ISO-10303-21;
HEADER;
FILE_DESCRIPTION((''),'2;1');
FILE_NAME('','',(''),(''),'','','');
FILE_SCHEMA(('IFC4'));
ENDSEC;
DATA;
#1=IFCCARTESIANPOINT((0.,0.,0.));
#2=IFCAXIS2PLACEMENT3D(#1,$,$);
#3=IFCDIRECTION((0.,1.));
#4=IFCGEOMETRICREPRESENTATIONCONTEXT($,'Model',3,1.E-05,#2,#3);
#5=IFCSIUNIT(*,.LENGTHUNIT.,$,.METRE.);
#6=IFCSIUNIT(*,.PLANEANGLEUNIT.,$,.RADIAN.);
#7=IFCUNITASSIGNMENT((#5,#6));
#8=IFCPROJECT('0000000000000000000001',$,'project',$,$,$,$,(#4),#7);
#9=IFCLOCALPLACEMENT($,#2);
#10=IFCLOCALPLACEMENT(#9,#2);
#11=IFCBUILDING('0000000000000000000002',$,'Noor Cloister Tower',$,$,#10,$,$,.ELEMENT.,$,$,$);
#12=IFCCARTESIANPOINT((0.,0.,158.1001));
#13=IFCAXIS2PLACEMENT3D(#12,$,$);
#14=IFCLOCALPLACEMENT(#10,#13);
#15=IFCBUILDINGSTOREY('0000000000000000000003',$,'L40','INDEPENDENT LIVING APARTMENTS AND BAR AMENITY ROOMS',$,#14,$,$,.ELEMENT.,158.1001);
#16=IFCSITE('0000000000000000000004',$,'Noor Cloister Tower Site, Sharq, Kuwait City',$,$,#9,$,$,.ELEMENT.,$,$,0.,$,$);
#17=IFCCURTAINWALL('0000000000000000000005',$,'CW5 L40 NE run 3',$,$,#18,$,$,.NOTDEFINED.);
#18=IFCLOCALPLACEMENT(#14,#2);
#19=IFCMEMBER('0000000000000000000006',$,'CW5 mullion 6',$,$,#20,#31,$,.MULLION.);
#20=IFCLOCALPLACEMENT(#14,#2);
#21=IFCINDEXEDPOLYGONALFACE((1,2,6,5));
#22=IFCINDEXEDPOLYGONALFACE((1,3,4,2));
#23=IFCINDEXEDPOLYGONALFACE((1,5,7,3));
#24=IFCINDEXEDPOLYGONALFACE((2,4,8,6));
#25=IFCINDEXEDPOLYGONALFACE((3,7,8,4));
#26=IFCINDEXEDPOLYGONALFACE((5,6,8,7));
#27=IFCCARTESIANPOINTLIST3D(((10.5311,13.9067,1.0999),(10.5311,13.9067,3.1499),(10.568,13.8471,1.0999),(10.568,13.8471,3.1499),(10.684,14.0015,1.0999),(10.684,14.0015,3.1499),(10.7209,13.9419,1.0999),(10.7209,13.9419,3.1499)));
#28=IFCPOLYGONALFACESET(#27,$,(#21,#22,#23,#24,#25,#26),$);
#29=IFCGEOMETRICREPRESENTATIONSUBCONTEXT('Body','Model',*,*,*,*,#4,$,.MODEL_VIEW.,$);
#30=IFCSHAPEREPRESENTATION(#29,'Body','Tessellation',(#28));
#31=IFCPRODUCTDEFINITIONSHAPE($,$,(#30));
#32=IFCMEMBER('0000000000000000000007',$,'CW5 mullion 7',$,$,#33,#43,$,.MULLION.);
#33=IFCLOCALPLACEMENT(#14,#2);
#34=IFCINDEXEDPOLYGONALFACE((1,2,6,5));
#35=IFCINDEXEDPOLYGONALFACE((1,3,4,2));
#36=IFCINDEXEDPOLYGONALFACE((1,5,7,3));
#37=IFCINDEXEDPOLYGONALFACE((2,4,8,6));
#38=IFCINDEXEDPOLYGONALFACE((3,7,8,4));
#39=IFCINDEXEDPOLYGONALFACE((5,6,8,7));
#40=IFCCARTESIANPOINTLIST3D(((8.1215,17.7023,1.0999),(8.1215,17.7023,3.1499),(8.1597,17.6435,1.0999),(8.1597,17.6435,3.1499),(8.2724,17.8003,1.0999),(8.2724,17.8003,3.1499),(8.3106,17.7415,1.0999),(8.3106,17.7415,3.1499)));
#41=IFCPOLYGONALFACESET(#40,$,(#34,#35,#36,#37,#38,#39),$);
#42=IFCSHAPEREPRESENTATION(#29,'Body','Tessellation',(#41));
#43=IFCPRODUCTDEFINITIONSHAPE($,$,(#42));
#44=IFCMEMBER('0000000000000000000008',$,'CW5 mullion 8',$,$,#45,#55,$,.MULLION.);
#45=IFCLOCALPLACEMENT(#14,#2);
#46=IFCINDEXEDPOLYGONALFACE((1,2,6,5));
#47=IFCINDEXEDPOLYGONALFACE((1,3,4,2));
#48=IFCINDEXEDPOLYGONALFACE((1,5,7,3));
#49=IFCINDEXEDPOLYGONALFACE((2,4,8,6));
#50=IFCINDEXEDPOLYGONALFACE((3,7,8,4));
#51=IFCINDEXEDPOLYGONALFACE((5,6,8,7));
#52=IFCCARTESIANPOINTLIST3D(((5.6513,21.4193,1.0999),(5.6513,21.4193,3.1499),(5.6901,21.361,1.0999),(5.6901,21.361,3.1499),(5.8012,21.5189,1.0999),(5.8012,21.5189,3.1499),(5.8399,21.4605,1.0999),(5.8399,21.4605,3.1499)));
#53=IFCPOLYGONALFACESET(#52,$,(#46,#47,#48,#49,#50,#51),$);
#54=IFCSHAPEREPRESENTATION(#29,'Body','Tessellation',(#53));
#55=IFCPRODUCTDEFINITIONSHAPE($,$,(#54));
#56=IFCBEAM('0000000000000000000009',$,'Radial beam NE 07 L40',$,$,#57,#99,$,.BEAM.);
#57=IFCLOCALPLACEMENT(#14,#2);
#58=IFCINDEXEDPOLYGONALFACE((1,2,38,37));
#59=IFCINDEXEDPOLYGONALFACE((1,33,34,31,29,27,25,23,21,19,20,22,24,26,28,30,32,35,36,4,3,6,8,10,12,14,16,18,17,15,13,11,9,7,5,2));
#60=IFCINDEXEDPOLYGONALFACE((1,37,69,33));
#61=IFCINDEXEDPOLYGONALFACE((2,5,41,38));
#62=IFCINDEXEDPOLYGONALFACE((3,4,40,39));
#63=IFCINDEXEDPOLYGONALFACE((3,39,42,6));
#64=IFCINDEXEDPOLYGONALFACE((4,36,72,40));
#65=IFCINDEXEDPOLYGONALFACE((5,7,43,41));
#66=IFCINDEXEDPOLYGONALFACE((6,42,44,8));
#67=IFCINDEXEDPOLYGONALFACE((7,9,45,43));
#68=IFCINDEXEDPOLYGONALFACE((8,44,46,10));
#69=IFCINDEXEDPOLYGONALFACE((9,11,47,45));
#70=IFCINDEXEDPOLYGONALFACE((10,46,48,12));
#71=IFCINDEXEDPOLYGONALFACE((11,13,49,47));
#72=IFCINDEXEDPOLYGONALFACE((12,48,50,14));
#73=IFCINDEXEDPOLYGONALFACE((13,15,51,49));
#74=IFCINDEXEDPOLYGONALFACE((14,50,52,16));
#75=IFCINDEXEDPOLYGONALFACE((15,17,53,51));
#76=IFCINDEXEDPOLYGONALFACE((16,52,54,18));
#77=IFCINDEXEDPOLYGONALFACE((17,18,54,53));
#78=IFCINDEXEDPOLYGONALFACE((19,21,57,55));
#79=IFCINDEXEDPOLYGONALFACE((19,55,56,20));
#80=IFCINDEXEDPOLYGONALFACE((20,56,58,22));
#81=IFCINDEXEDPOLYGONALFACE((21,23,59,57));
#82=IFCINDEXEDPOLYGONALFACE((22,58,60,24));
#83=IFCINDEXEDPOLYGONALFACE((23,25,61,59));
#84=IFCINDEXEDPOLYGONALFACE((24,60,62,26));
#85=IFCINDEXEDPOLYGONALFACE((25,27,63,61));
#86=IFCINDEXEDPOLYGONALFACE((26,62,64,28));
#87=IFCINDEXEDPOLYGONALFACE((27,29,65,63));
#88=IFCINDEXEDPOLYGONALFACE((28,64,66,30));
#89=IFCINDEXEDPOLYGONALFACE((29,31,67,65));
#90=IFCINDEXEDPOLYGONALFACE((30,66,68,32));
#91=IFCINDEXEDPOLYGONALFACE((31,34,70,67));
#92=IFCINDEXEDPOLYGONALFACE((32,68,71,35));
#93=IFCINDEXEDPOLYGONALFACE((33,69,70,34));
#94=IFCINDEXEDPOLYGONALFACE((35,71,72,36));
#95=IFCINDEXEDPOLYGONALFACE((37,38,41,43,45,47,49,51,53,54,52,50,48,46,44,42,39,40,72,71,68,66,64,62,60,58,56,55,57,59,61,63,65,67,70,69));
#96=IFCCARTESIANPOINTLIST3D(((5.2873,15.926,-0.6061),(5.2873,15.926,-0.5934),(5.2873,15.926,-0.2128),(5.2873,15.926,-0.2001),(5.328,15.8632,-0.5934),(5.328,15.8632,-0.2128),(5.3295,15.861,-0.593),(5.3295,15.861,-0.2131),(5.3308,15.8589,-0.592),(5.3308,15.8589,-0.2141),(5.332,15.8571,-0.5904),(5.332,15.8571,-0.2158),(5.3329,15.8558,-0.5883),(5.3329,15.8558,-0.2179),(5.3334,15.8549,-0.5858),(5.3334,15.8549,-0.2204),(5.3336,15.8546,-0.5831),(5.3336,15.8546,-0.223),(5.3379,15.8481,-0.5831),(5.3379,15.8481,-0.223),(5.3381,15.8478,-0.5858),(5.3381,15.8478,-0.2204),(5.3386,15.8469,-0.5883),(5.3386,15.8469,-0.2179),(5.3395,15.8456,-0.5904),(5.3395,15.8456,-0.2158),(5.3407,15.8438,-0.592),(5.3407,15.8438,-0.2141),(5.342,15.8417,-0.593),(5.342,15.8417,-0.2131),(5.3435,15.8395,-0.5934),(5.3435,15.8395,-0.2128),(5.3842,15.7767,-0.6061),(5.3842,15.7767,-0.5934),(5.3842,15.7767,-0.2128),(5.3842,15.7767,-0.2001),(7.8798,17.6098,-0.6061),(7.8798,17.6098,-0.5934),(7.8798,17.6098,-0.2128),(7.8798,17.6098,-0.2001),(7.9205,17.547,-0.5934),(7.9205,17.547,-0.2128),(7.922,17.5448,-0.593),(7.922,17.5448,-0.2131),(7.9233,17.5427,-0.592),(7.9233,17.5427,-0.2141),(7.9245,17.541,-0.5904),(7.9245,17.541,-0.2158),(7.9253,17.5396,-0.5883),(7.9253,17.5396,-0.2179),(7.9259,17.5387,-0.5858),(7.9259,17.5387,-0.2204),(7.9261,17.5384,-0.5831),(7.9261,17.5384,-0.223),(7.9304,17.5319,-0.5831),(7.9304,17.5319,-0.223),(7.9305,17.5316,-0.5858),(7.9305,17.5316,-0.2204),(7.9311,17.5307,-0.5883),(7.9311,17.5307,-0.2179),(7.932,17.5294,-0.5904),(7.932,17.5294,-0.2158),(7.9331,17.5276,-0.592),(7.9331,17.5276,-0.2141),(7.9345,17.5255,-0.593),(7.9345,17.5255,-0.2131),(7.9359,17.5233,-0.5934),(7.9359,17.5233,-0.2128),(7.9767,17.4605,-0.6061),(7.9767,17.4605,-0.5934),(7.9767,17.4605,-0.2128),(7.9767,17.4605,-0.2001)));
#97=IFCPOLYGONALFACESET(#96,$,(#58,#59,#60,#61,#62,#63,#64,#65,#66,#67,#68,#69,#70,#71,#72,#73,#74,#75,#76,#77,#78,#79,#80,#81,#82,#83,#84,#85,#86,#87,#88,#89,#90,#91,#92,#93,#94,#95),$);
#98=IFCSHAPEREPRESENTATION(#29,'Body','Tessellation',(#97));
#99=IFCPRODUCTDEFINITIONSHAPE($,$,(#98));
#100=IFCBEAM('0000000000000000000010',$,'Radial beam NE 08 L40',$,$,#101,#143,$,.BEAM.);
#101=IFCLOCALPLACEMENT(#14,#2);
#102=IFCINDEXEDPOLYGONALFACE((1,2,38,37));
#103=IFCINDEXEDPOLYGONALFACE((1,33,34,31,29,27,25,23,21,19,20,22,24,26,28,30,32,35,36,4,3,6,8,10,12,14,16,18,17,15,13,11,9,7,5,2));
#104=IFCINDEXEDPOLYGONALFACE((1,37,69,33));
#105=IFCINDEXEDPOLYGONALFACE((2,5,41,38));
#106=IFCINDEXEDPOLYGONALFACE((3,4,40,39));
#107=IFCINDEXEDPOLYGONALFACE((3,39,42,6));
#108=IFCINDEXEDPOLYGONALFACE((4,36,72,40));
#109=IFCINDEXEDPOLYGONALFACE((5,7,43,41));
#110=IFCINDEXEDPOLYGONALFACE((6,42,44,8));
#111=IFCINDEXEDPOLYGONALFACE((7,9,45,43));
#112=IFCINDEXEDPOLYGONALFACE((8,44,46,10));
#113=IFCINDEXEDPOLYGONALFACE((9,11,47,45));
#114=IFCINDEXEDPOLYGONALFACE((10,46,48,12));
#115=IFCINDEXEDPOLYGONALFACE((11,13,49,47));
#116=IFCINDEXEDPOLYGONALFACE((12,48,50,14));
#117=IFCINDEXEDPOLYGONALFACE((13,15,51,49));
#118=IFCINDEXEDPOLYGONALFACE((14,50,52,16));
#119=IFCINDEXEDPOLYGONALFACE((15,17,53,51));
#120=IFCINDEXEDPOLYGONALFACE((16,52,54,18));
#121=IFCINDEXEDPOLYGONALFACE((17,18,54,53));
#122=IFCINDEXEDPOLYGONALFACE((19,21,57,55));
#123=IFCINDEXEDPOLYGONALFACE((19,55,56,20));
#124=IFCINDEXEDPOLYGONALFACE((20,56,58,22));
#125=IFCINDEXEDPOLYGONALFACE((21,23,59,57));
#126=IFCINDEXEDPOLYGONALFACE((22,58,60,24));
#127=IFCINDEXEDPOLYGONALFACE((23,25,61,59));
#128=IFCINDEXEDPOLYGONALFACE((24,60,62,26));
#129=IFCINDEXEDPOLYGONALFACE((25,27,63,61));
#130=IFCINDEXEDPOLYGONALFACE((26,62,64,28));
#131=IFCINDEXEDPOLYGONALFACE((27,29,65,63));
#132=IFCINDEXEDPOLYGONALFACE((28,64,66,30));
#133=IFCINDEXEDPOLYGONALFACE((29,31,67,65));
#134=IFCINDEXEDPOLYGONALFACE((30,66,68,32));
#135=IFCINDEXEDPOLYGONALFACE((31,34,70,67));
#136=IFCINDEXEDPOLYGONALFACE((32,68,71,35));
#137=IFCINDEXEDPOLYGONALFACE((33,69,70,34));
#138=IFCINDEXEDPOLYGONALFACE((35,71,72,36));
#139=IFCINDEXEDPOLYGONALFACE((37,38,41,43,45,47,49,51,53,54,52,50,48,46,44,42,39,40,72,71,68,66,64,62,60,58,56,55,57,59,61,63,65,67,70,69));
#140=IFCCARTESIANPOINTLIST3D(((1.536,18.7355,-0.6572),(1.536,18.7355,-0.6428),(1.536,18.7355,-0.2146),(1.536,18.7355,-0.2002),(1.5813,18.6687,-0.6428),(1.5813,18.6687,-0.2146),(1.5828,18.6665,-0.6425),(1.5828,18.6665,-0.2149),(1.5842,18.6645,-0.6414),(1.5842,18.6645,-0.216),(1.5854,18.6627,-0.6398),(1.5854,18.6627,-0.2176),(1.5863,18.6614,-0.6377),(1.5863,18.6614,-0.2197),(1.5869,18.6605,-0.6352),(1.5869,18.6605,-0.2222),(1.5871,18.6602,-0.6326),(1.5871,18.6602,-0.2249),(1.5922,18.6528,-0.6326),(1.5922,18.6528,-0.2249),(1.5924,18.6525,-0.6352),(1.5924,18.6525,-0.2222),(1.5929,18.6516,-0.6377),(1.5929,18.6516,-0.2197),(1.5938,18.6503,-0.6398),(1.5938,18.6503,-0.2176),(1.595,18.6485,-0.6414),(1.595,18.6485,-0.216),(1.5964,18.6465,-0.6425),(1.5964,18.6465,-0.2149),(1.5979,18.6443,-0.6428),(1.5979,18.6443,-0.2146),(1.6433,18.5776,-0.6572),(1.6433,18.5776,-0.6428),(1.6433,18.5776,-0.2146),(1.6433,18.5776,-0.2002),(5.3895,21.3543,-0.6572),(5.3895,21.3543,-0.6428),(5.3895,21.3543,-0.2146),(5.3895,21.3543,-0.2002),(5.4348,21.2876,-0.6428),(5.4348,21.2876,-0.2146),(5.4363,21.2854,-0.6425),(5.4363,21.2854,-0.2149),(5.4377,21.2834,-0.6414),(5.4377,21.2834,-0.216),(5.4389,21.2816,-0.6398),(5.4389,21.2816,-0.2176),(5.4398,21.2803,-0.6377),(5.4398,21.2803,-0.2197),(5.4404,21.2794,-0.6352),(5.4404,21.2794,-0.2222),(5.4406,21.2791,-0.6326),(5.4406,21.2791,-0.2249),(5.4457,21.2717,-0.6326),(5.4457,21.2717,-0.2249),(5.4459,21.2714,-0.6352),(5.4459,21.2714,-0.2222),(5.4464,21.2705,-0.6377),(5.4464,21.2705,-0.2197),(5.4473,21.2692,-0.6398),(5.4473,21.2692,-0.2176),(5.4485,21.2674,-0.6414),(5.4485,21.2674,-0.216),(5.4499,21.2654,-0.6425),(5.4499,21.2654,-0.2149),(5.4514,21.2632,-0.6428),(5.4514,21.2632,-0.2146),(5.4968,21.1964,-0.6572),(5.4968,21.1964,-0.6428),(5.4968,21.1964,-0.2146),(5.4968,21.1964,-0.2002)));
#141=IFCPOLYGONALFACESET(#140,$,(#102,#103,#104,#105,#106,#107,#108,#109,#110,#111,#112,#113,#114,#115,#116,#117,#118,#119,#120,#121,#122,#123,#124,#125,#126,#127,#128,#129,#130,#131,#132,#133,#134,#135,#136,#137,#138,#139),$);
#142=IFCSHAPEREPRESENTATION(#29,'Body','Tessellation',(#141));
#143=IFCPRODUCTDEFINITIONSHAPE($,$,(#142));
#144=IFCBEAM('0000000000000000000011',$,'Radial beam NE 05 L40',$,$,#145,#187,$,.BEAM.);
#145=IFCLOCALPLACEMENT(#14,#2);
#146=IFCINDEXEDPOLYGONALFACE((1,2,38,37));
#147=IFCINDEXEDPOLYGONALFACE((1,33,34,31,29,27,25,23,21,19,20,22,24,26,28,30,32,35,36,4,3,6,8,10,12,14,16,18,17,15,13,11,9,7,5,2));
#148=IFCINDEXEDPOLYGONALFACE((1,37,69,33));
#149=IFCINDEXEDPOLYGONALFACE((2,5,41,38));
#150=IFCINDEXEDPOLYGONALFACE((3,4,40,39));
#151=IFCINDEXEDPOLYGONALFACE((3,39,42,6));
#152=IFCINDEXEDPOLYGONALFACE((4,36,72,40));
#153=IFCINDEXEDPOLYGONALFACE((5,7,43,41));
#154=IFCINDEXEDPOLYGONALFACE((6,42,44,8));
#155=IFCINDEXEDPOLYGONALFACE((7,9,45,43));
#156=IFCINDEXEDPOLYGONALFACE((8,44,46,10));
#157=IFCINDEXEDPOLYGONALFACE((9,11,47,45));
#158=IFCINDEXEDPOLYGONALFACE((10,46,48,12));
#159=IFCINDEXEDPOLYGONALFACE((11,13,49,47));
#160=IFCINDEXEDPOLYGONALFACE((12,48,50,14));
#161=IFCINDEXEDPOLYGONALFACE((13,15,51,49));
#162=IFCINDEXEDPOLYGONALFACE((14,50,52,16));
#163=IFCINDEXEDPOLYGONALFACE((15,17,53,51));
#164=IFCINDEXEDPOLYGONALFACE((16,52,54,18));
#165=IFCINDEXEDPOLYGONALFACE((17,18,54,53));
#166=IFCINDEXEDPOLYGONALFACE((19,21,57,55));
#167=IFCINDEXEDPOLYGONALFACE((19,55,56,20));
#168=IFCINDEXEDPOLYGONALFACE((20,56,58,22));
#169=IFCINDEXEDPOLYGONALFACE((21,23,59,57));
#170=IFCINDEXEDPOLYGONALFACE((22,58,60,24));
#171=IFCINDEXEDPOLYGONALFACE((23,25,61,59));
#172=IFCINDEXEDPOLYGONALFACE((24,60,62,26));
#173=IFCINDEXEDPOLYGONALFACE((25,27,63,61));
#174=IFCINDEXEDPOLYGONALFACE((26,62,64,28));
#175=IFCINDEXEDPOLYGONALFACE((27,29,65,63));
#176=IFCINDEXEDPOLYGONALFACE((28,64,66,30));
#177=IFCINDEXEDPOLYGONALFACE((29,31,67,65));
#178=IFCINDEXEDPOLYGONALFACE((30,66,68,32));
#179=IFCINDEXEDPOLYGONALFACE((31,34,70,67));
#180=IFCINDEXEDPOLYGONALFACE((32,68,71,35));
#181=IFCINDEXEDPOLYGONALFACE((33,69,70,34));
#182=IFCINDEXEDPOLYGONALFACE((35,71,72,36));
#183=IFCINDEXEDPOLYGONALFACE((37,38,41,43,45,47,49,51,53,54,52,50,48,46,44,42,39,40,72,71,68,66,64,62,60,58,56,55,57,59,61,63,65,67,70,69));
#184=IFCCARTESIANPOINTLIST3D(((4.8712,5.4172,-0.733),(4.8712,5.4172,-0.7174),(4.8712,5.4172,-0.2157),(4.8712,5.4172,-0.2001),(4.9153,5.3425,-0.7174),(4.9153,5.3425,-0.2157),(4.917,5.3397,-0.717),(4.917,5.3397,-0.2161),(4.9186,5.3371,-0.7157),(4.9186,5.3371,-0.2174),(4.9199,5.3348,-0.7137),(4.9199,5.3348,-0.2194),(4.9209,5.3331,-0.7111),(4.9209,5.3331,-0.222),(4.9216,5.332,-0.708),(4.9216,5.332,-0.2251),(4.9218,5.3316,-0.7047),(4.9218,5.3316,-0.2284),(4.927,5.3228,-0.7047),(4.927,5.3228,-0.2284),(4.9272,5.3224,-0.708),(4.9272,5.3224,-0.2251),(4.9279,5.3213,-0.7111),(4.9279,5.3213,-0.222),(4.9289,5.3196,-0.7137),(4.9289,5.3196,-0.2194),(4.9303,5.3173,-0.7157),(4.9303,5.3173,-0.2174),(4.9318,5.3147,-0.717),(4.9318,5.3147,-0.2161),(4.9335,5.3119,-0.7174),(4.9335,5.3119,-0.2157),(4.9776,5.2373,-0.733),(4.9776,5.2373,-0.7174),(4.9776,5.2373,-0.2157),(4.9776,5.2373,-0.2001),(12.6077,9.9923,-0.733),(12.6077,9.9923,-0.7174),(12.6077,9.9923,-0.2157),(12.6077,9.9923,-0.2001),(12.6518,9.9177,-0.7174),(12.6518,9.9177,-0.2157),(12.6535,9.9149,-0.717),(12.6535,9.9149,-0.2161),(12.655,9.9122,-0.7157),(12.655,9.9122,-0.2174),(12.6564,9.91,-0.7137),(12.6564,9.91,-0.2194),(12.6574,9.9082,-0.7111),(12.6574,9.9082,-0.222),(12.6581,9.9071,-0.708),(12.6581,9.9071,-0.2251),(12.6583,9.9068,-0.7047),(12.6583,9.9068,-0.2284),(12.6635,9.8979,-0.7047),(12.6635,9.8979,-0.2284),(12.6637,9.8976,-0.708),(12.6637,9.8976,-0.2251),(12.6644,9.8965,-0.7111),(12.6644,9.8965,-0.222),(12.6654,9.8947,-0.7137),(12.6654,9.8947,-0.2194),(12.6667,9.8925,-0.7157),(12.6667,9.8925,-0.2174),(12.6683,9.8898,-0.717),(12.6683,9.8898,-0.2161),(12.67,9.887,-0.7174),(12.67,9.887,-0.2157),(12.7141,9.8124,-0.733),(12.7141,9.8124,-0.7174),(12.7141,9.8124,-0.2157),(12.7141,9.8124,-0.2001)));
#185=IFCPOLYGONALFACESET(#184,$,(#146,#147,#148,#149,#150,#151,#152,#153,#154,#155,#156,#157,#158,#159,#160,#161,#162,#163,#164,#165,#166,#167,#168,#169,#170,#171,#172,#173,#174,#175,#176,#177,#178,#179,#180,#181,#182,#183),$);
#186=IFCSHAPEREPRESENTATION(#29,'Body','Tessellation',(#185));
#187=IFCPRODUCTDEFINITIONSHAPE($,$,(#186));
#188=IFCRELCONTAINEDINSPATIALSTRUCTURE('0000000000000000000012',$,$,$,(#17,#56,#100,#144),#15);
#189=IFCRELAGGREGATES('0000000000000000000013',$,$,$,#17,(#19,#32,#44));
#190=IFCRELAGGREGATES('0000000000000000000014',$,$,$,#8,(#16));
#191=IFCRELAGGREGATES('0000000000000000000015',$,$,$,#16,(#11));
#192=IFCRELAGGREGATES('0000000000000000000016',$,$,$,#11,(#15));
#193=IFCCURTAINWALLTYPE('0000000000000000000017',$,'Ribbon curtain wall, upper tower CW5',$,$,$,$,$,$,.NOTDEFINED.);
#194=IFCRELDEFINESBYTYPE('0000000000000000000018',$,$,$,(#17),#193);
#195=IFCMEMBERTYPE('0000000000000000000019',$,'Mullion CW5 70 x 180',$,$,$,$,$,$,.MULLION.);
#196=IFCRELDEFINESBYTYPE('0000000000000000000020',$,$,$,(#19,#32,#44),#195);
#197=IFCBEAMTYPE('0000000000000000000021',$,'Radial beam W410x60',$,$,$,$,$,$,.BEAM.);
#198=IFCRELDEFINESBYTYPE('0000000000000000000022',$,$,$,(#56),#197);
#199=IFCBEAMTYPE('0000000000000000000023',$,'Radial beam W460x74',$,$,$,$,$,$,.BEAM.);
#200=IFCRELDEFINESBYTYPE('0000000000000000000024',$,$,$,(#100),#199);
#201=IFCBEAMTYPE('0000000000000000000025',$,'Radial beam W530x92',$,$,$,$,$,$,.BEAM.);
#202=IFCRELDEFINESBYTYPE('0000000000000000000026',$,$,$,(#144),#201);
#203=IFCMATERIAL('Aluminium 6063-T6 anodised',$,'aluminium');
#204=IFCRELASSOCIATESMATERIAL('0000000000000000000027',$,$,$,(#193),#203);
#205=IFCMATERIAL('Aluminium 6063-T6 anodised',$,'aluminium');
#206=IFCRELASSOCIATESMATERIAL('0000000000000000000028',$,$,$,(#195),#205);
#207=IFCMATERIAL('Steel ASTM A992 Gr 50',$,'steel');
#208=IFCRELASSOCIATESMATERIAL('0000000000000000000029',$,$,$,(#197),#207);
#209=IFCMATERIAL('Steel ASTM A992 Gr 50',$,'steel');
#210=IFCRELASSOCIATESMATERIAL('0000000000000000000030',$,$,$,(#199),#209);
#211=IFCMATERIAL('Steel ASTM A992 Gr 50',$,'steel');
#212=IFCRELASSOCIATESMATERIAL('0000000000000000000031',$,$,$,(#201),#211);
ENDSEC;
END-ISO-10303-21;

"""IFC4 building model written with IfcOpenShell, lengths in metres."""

from ifc_helpers import new_model, si_unit, direction, frame, origin, origin_2d, place, context, subcontext, project, spatial, rectangle, i_section, extrude, material, material_profile, profile_set, type_object, element, aggregate, save


model = new_model("IFC4")

# Units and contexts
model_context = context("Model", 3, precision=1e-05, world=origin(), true_north=direction((0.0, 1.0)))
body_context = subcontext(model_context, "Body", "Model", "MODEL_VIEW")
ifc_project = project(units=[si_unit("LENGTHUNIT", "METRE"), si_unit("PLANEANGLEUNIT", "RADIAN")], contexts=[model_context])

# Site, building, storey
site_placement = place(None, origin())
site = spatial("IfcSite", under=ifc_project, at=site_placement, Name="Noor Cloister Tower Site, Sharq, Kuwait City", CompositionType="ELEMENT", RefElevation=0.0)
building_placement = place(site_placement, origin())
building = spatial("IfcBuilding", under=site, at=building_placement, Name="Noor Cloister Tower", CompositionType="ELEMENT")
storey_placement = place(building_placement, frame((0.0, 0.0, 158.1001)))
storey = spatial("IfcBuildingStorey", under=building, at=storey_placement, Name="L40", Description="INDEPENDENT LIVING APARTMENTS AND BAR AMENITY ROOMS", CompositionType="ELEMENT", Elevation=158.1001)

# Curtain wall, members
ifc_material_1 = material(Name="Aluminium 6063-T6 anodised", Category="aluminium")
curtain_wall_type = type_object("IfcCurtainWallType", Name="Ribbon curtain wall, upper tower CW5", PredefinedType="NOTDEFINED", material=ifc_material_1)
curtain_wall_placement = place(storey_placement, origin())
curtain_wall = element("IfcCurtainWall", 1, at=curtain_wall_placement, inside=storey, type_object=curtain_wall_type, Name="CW5 L40 NE run 3", PredefinedType="NOTDEFINED")
ifc_material_2 = material(Name="Aluminium 6063-T6 anodised", Category="aluminium")
ifc_material_profile_1 = material_profile(ifc_material_2, rectangle(XDim=0.1799, YDim=0.0701, at=origin_2d()), Name="180 x 70 mullion")
ifc_profile_set_1 = profile_set([ifc_material_profile_1], Name="Aluminium 6063-T6 anodised")
member_type = type_object("IfcMemberType", Name="Mullion CW5 70 x 180", PredefinedType="MULLION", material=ifc_profile_set_1)
member_1_placement = place(storey_placement, frame((10.626, 13.9243, 1.0999), z_axis=(0.0, 0.0, 1.0), x_axis=(-0.849891, -0.526959, 0.0)))
member_1 = element("IfcMember", 2, at=member_1_placement, type_object=member_type, Name="CW5 mullion 6", PredefinedType="MULLION", context=body_context, shape_type="SweptSolid", body=[
    extrude(rectangle(XDim=0.1799, YDim=0.0701, at=origin_2d()), origin(), (0.0, 0.0, 1.0), 2.05),
])
member_2_placement = place(storey_placement, frame((8.2161, 17.7219, 1.0999), z_axis=(0.0, 0.0, 1.0), x_axis=(-0.838667, -0.544644, 0.0)))
member_2 = element("IfcMember", 3, at=member_2_placement, type_object=member_type, Name="CW5 mullion 7", PredefinedType="MULLION", context=body_context, shape_type="SweptSolid", body=[
    extrude(rectangle(XDim=0.1799, YDim=0.0701, at=origin_2d()), origin(), (0.0, 0.0, 1.0), 2.05),
])
member_3_placement = place(storey_placement, frame((5.7456, 21.4399, 1.0999), z_axis=(0.0, 0.0, 1.0), x_axis=(-0.832917, -0.553398, 0.0)))
member_3 = element("IfcMember", 4, at=member_3_placement, type_object=member_type, Name="CW5 mullion 8", PredefinedType="MULLION", context=body_context, shape_type="SweptSolid", body=[
    extrude(rectangle(XDim=0.1799, YDim=0.0701, at=origin_2d()), origin(), (0.0, 0.0, 1.0), 2.05),
])

# Beams
ifc_material_3 = material(Name="Steel ASTM A992 Gr 50", Category="steel")
ifc_material_profile_2 = material_profile(ifc_material_3, i_section(OverallWidth=0.178, OverallDepth=0.406, WebThickness=0.0078, FlangeThickness=0.0127, FilletRadius=0.0103, at=origin_2d()), Name="W410x60")
ifc_profile_set_2 = profile_set([ifc_material_profile_2], Name="Steel ASTM A992 Gr 50")
beam_type_1 = type_object("IfcBeamType", Name="Radial beam W410x60", PredefinedType="BEAM", material=ifc_profile_set_2)
beam_1_placement = place(storey_placement, frame((7.9282, 17.5352, -0.4031), z_axis=(-0.838637, -0.544691, 0.0), x_axis=(0.544691, -0.838637, 0.0)))
element("IfcBeam", 5, at=beam_1_placement, inside=storey, type_object=beam_type_1, Name="Radial beam NE 07 L40", PredefinedType="BEAM", context=body_context, shape_type="SweptSolid", body=[
    extrude(i_section(OverallWidth=0.178, OverallDepth=0.406, WebThickness=0.0078, FlangeThickness=0.0127, FilletRadius=0.0103, at=origin_2d()), origin(), (0.0, 0.0, 1.0), 3.0913),
])
ifc_material_4 = material(Name="Steel ASTM A992 Gr 50", Category="steel")
ifc_material_profile_3 = material_profile(ifc_material_4, i_section(OverallWidth=0.1909, OverallDepth=0.457, WebThickness=0.009, FlangeThickness=0.0144, FilletRadius=0.0103, at=origin_2d()), Name="W460x74")
ifc_profile_set_3 = profile_set([ifc_material_profile_3], Name="Steel ASTM A992 Gr 50")
beam_type_2 = type_object("IfcBeamType", Name="Radial beam W460x74", PredefinedType="BEAM", material=ifc_profile_set_3)
beam_2_placement = place(storey_placement, frame((5.4431, 21.2754, -0.4287), z_axis=(-0.827076, -0.562091, 0.0), x_axis=(0.562091, -0.827076, 0.0)))
element("IfcBeam", 6, at=beam_2_placement, inside=storey, type_object=beam_type_2, Name="Radial beam NE 08 L40", PredefinedType="BEAM", context=body_context, shape_type="SweptSolid", body=[
    extrude(i_section(OverallWidth=0.1909, OverallDepth=0.457, WebThickness=0.009, FlangeThickness=0.0144, FilletRadius=0.0103, at=origin_2d()), origin(), (0.0, 0.0, 1.0), 4.6592),
])
ifc_material_5 = material(Name="Steel ASTM A992 Gr 50", Category="steel")
ifc_material_profile_4 = material_profile(ifc_material_5, i_section(OverallWidth=0.209, OverallDepth=0.533, WebThickness=0.0103, FlangeThickness=0.0156, FilletRadius=0.0127, at=origin_2d()), Name="W530x92")
ifc_profile_set_4 = profile_set([ifc_material_profile_4], Name="Steel ASTM A992 Gr 50")
beam_type_3 = type_object("IfcBeamType", Name="Radial beam W530x92", PredefinedType="BEAM", material=ifc_profile_set_4)
beam_3_placement = place(storey_placement, frame((12.6609, 9.9023, -0.4666), z_axis=(-0.860752, -0.509025, 0.0), x_axis=(0.509025, -0.860752, 0.0)))
element("IfcBeam", 7, at=beam_3_placement, inside=storey, type_object=beam_type_3, Name="Radial beam NE 05 L40", PredefinedType="BEAM", context=body_context, shape_type="SweptSolid", body=[
    extrude(i_section(OverallWidth=0.209, OverallDepth=0.533, WebThickness=0.0103, FlangeThickness=0.0156, FilletRadius=0.0127, at=origin_2d()), origin(), (0.0, 0.0, 1.0), 8.988),
])

aggregate(curtain_wall, [member_1, member_2, member_3])

save(model, "model.ifc")
